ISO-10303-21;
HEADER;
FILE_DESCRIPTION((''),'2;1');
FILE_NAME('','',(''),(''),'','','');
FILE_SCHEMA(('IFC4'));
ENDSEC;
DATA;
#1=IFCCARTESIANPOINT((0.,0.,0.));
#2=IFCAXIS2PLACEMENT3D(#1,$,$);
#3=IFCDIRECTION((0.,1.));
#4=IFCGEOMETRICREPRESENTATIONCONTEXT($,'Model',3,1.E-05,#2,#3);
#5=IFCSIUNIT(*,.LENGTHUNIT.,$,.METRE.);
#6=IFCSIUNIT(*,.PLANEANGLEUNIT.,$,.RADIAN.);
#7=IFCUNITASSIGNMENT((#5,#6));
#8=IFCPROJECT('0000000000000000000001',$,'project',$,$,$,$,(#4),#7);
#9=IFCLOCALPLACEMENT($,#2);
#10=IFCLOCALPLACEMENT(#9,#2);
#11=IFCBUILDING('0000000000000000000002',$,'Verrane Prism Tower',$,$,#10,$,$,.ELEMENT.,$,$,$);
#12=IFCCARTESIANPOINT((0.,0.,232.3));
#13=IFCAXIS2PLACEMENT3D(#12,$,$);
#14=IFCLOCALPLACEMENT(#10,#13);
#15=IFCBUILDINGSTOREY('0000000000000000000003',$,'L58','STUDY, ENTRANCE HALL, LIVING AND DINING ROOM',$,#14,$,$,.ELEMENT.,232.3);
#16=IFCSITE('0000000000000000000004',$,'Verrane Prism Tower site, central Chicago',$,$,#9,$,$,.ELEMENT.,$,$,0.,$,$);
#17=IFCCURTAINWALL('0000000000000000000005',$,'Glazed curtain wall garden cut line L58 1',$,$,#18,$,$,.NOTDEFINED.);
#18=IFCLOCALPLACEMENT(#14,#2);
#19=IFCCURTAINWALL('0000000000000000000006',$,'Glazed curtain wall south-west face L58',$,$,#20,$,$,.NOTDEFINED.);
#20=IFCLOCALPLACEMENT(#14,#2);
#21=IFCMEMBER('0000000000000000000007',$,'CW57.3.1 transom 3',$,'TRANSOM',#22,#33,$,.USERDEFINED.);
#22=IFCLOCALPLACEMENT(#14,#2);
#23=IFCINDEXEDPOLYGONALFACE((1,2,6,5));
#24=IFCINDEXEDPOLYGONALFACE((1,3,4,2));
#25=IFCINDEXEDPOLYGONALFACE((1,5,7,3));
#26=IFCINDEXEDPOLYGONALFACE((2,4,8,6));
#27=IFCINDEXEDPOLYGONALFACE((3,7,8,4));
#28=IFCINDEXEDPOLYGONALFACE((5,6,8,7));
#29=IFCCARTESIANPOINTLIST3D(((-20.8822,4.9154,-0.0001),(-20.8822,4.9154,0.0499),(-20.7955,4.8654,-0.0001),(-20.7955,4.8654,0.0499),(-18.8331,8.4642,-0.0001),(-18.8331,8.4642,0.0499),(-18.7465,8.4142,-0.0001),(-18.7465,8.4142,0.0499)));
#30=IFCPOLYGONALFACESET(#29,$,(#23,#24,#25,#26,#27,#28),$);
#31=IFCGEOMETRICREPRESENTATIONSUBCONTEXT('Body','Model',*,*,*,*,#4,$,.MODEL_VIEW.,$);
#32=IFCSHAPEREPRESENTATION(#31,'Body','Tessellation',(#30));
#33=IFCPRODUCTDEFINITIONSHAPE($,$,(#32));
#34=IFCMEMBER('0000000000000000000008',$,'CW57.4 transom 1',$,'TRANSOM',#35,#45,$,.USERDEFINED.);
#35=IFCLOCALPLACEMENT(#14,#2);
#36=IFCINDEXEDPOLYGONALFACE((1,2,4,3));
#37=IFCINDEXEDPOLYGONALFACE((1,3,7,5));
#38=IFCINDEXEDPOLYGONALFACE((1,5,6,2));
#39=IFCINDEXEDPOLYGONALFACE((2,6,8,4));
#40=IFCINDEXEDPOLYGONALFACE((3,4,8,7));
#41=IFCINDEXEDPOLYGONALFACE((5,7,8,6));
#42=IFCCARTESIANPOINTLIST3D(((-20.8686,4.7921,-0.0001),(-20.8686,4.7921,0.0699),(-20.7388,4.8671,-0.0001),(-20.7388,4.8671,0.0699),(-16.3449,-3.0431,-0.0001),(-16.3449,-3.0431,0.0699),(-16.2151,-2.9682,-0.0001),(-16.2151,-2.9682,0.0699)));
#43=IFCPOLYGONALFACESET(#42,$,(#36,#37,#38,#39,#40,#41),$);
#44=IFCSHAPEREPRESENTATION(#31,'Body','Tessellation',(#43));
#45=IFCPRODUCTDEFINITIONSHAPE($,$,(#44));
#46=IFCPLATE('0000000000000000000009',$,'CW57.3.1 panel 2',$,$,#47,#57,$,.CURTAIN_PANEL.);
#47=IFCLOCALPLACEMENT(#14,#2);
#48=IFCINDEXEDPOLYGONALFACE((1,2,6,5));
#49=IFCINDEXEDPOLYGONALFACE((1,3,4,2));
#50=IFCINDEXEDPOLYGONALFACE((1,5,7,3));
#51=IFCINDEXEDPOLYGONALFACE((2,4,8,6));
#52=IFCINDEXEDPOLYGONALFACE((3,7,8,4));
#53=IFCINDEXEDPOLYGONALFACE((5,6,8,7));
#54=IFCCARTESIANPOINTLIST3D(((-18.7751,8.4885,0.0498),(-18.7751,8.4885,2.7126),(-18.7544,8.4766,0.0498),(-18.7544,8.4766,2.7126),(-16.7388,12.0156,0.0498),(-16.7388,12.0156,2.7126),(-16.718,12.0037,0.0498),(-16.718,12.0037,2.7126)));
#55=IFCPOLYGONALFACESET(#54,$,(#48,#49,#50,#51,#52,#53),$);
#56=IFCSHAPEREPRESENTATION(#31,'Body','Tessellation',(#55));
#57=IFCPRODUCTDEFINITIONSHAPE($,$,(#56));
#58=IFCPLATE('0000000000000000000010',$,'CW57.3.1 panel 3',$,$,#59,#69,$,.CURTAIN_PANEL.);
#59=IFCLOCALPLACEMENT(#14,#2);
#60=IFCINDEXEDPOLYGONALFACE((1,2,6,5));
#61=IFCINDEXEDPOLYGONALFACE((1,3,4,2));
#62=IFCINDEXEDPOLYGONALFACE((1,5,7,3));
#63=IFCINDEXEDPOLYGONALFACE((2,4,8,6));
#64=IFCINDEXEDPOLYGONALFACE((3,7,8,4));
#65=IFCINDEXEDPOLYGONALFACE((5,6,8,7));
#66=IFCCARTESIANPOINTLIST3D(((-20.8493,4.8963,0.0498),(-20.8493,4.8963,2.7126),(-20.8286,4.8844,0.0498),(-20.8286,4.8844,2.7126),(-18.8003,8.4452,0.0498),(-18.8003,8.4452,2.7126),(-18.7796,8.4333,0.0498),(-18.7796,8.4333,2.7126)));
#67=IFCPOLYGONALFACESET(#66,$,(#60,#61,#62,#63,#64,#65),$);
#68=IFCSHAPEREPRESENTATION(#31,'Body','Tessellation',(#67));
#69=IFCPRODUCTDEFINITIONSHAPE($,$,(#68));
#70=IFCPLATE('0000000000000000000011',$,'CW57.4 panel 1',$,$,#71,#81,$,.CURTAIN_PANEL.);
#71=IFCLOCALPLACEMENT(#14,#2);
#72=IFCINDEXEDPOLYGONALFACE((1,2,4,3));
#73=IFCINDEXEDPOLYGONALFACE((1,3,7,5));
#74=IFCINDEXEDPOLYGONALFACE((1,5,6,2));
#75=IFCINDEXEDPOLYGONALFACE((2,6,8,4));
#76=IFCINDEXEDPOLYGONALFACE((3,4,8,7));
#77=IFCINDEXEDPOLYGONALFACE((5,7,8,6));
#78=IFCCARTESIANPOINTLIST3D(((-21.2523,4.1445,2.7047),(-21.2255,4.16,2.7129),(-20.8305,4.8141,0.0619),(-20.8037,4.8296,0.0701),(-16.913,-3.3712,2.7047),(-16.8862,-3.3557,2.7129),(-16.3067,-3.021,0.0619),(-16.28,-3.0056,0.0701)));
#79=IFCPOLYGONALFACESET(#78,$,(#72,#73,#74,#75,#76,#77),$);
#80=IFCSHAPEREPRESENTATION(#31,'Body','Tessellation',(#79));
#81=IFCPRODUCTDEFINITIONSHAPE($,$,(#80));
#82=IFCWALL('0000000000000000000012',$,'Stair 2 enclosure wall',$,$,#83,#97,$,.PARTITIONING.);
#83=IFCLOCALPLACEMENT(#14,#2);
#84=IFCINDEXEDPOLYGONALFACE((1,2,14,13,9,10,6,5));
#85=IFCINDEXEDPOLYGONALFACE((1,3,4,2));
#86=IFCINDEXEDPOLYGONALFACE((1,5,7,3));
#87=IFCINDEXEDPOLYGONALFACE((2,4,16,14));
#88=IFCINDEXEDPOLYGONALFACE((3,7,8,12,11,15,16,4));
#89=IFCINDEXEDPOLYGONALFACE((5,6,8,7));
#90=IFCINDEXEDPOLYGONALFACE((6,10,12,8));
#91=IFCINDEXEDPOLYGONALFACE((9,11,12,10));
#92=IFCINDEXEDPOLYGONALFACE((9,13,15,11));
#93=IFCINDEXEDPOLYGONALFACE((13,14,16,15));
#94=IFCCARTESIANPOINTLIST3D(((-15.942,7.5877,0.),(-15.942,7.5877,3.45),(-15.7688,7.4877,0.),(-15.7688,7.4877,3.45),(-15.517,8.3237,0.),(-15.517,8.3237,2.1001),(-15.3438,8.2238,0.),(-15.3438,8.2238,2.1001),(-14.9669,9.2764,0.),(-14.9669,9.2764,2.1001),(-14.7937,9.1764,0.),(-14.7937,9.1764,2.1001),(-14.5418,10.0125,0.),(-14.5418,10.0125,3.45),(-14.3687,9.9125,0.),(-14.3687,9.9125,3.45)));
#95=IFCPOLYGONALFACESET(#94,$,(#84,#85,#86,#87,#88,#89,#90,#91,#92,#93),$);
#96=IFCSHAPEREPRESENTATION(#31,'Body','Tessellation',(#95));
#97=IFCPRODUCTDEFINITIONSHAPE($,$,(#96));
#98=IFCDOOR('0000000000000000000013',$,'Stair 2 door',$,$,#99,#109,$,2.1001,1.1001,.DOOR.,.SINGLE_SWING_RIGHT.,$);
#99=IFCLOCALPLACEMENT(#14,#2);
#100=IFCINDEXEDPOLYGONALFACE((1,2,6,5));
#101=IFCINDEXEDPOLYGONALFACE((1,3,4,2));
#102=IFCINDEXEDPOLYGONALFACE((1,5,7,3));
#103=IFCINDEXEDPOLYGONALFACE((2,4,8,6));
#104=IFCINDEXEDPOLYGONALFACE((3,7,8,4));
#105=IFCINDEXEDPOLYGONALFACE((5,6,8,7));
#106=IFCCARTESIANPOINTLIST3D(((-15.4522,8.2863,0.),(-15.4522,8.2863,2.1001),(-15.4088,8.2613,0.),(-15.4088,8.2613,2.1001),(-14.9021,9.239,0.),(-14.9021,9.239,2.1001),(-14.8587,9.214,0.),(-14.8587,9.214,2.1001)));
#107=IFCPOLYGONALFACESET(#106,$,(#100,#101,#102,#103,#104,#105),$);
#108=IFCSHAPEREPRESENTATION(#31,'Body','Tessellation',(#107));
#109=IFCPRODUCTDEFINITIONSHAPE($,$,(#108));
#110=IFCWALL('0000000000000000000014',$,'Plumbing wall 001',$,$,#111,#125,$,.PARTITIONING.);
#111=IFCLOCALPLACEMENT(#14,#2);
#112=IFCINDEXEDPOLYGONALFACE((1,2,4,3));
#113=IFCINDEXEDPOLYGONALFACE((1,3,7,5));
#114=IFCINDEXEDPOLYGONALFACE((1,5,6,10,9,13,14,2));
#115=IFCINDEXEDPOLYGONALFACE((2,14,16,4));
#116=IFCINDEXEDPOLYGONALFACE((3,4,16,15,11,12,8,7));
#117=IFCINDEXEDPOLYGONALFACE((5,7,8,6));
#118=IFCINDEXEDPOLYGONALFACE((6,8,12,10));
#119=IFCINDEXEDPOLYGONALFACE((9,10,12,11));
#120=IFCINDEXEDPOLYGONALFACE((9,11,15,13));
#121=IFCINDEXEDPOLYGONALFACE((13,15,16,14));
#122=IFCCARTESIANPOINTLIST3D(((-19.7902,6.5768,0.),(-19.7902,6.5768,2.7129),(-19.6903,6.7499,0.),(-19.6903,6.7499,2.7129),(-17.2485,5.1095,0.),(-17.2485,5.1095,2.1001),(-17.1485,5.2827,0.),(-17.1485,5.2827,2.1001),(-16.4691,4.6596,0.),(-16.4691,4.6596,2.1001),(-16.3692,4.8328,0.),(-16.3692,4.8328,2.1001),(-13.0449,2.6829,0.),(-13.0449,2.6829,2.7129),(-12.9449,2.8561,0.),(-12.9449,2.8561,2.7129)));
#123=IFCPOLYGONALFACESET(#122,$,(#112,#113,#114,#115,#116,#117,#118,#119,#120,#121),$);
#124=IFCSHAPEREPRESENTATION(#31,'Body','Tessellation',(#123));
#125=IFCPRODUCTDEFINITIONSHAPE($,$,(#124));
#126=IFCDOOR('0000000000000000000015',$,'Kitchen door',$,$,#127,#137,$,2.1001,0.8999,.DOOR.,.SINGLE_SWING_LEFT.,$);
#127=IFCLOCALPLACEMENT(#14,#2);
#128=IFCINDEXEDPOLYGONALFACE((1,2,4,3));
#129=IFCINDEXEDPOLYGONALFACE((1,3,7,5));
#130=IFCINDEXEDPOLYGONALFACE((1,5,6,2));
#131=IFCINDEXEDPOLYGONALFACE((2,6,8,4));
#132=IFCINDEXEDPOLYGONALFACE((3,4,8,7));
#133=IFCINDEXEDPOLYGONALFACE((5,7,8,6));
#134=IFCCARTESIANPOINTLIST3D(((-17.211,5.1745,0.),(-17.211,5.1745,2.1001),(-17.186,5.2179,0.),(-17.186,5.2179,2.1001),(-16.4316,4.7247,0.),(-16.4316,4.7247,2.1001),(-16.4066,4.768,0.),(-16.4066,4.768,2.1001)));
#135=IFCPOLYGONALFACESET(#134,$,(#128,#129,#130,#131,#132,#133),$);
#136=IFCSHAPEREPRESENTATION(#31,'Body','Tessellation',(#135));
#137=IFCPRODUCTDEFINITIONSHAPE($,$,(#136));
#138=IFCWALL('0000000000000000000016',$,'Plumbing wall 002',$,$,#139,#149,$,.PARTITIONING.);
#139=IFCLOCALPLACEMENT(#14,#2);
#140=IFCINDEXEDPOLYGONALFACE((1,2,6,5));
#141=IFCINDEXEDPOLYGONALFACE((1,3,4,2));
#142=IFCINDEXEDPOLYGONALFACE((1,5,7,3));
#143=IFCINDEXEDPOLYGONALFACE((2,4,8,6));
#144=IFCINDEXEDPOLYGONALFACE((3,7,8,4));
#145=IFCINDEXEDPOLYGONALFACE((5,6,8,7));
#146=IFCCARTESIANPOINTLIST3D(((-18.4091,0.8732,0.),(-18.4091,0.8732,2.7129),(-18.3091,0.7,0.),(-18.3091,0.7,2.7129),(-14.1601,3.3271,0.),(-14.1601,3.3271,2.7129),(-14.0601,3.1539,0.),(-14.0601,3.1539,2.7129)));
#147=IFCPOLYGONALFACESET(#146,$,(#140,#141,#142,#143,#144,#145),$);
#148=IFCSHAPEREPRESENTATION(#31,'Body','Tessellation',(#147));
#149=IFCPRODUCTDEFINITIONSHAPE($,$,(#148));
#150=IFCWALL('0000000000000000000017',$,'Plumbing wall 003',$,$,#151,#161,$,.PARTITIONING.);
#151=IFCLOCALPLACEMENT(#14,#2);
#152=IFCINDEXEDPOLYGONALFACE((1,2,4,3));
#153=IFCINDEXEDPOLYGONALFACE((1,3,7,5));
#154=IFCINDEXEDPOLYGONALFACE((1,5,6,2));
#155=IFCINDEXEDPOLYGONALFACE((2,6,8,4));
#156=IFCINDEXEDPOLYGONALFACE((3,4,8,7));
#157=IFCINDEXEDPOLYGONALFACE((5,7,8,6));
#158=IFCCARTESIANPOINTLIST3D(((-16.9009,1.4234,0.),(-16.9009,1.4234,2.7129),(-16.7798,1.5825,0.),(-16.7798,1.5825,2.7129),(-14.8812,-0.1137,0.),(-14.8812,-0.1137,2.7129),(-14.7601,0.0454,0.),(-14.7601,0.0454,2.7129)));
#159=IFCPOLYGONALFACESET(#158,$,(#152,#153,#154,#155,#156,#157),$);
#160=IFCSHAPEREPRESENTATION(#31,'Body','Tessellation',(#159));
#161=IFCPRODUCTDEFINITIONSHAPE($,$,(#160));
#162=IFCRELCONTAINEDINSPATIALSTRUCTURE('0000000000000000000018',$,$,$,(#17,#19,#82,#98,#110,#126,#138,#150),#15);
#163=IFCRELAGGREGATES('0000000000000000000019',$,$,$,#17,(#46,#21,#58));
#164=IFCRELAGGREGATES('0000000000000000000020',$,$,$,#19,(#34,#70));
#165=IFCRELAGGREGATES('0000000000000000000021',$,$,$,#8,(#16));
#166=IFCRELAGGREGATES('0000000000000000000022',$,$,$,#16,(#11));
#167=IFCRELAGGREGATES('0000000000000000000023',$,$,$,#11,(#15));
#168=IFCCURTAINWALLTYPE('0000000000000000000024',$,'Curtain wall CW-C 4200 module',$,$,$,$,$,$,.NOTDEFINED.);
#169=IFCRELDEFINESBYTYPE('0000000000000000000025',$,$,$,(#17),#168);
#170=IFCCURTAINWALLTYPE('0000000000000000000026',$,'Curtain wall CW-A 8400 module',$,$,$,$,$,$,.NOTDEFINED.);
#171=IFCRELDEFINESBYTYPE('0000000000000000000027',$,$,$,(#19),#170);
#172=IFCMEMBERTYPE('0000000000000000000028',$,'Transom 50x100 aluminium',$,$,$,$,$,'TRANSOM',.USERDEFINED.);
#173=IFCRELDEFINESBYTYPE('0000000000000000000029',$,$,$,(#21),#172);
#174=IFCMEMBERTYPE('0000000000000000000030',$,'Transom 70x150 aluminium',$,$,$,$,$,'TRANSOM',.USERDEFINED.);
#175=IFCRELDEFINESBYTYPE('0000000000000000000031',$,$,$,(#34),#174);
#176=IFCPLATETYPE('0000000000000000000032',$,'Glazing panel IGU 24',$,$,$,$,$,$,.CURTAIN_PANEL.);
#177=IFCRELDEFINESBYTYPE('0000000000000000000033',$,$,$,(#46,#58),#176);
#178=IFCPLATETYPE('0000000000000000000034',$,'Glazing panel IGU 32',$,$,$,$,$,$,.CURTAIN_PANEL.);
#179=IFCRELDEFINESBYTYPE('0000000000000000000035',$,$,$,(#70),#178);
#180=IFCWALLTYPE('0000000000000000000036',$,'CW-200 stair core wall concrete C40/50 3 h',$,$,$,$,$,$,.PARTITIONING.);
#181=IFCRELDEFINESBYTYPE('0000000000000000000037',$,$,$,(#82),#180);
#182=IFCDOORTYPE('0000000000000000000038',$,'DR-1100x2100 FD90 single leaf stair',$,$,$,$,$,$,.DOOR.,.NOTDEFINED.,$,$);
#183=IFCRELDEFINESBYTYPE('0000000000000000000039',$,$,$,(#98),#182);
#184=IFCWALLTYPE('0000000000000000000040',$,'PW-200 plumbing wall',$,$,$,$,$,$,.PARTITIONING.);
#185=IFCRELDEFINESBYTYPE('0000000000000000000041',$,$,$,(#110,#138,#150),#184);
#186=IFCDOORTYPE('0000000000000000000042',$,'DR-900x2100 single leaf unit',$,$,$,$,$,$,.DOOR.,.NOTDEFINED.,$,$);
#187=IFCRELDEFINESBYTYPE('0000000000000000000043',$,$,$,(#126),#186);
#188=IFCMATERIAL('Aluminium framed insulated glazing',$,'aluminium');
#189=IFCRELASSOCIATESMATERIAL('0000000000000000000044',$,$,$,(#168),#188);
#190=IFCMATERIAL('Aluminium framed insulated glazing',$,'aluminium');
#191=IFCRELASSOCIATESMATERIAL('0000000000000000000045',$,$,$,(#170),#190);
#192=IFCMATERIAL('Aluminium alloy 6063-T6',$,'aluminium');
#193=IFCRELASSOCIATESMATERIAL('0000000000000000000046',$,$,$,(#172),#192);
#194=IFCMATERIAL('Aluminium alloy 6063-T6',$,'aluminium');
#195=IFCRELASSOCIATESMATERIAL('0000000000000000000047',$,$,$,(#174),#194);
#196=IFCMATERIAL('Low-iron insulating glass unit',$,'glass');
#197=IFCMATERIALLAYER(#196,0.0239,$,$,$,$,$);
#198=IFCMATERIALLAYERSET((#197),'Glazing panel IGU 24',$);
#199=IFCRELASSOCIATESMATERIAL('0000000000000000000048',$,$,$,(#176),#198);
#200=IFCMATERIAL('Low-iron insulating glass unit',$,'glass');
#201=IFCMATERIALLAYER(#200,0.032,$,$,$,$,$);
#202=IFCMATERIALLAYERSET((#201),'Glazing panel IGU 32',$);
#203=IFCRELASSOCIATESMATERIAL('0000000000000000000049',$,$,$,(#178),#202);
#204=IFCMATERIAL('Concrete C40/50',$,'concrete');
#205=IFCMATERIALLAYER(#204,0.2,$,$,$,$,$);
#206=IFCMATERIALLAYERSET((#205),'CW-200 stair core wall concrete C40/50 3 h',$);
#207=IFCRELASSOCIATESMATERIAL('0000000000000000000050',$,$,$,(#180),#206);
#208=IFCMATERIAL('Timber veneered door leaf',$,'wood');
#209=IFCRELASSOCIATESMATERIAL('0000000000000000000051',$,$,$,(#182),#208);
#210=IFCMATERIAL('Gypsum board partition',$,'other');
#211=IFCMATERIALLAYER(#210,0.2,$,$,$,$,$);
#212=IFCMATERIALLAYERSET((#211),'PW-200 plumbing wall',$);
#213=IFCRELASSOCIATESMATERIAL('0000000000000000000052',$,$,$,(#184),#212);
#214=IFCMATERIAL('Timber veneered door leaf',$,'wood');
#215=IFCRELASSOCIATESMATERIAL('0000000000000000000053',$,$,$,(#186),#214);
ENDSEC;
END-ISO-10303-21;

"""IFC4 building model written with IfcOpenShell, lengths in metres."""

from ifc_helpers import new_model, si_unit, direction, frame, frame_2d, origin, origin_2d, place, context, subcontext, project, spatial, polyline, rectangle, outline, extrude, material, layer, layer_set, material_profile, profile_set, type_object, element, fill, aggregate, save


model = new_model("IFC4")

# Units and contexts
model_context = context("Model", 3, precision=1e-05, world=origin(), true_north=direction((0.0, 1.0)))
body_context = subcontext(model_context, "Body", "Model", "MODEL_VIEW")
ifc_project = project(units=[si_unit("LENGTHUNIT", "METRE"), si_unit("PLANEANGLEUNIT", "RADIAN")], contexts=[model_context])

# Site, building, storey
site_placement = place(None, origin())
site = spatial("IfcSite", under=ifc_project, at=site_placement, Name="Verrane Prism Tower site, central Chicago", CompositionType="ELEMENT", RefElevation=0.0)
building_placement = place(site_placement, origin())
building = spatial("IfcBuilding", under=site, at=building_placement, Name="Verrane Prism Tower", CompositionType="ELEMENT")
storey_placement = place(building_placement, frame((0.0, 0.0, 232.3)))
storey = spatial("IfcBuildingStorey", under=building, at=storey_placement, Name="L58", Description="STUDY, ENTRANCE HALL, LIVING AND DINING ROOM", CompositionType="ELEMENT", Elevation=232.3)

# Curtain walls
ifc_material_1 = material(Name="Aluminium framed insulated glazing", Category="aluminium")
curtain_wall_type_1 = type_object("IfcCurtainWallType", Name="Curtain wall CW-C 4200 module", PredefinedType="NOTDEFINED", material=ifc_material_1)
curtain_wall_1_placement = place(storey_placement, origin())
curtain_wall_1 = element("IfcCurtainWall", 1, at=curtain_wall_1_placement, inside=storey, type_object=curtain_wall_type_1, Name="Glazed curtain wall garden cut line L58 1", PredefinedType="NOTDEFINED")
ifc_material_2 = material(Name="Aluminium framed insulated glazing", Category="aluminium")
curtain_wall_type_2 = type_object("IfcCurtainWallType", Name="Curtain wall CW-A 8400 module", PredefinedType="NOTDEFINED", material=ifc_material_2)
curtain_wall_2_placement = place(storey_placement, origin())
curtain_wall_2 = element("IfcCurtainWall", 2, at=curtain_wall_2_placement, inside=storey, type_object=curtain_wall_type_2, Name="Glazed curtain wall south-west face L58", PredefinedType="NOTDEFINED")

# Members
ifc_material_3 = material(Name="Aluminium alloy 6063-T6", Category="aluminium")
ifc_material_profile_1 = material_profile(ifc_material_3, rectangle(XDim=0.1001, YDim=0.05, at=origin_2d()), Name="Transom 50x100 aluminium")
ifc_profile_set_1 = profile_set([ifc_material_profile_1], Name="Aluminium alloy 6063-T6")
member_type_1 = type_object("IfcMemberType", Name="Transom 50x100 aluminium", ElementType="TRANSOM", PredefinedType="USERDEFINED", material=ifc_profile_set_1)
member_1_placement = place(storey_placement, frame((-18.7898, 8.4392, 0.0249), z_axis=(-0.500028, -0.866009, 0.0), x_axis=(0.866009, -0.500028, 0.0)))
member_1 = element("IfcMember", 3, at=member_1_placement, type_object=member_type_1, Name="CW57.3.1 transom 3", ObjectType="TRANSOM", PredefinedType="USERDEFINED", context=body_context, shape_type="SweptSolid", body=[
    extrude(rectangle(XDim=0.1001, YDim=0.05, at=origin_2d()), origin(), (0.0, 0.0, 1.0), 4.0979),
])
ifc_material_4 = material(Name="Aluminium alloy 6063-T6", Category="aluminium")
ifc_material_profile_2 = material_profile(ifc_material_4, rectangle(XDim=0.1499, YDim=0.0701, at=origin_2d()), Name="Transom 70x150 aluminium")
ifc_profile_set_2 = profile_set([ifc_material_profile_2], Name="Aluminium alloy 6063-T6")
member_type_2 = type_object("IfcMemberType", Name="Transom 70x150 aluminium", ElementType="TRANSOM", PredefinedType="USERDEFINED", material=ifc_profile_set_2)
member_2_placement = place(storey_placement, frame((-20.8037, 4.8296, 0.0349), z_axis=(0.500002, -0.866024, 0.0), x_axis=(0.866024, 0.500002, 0.0)))
member_2 = element("IfcMember", 4, at=member_2_placement, type_object=member_type_2, Name="CW57.4 transom 1", ObjectType="TRANSOM", PredefinedType="USERDEFINED", context=body_context, shape_type="SweptSolid", body=[
    extrude(rectangle(XDim=0.1499, YDim=0.0701, at=origin_2d()), origin(), (0.0, 0.0, 1.0), 9.0474),
])

# Plates
ifc_material_5 = material(Name="Low-iron insulating glass unit", Category="glass")
ifc_layer_1 = layer(ifc_material_5, 0.0239)
ifc_layer_set_1 = layer_set([ifc_layer_1], Name="Glazing panel IGU 24")
plate_type_1 = type_object("IfcPlateType", Name="Glazing panel IGU 24", PredefinedType="CURTAIN_PANEL", material=ifc_layer_set_1)
plate_1_placement = place(storey_placement, frame((-17.7466, 10.2461, 0.0498), z_axis=(0.0, 0.0, 1.0), x_axis=(-0.500001, -0.866025, 0.0)))
plate_1 = element("IfcPlate", 5, at=plate_1_placement, type_object=plate_type_1, Name="CW57.3.1 panel 2", PredefinedType="CURTAIN_PANEL", context=body_context, shape_type="SweptSolid", body=[
    extrude(rectangle(XDim=4.0728, YDim=0.0239, at=origin_2d()), origin(), (0.0, 0.0, 1.0), 2.6628),
])
plate_2_placement = place(storey_placement, frame((-19.8145, 6.6648, 0.0498), z_axis=(0.0, 0.0, 1.0), x_axis=(-0.500001, -0.866025, 0.0)))
plate_2 = element("IfcPlate", 6, at=plate_2_placement, type_object=plate_type_1, Name="CW57.3.1 panel 3", PredefinedType="CURTAIN_PANEL", context=body_context, shape_type="SweptSolid", body=[
    extrude(rectangle(XDim=4.0979, YDim=0.0239, at=origin_2d()), origin(), (0.0, 0.0, 1.0), 2.6628),
])
aggregate(curtain_wall_1, [plate_1, member_1, plate_2])
ifc_material_6 = material(Name="Low-iron insulating glass unit", Category="glass")
ifc_layer_2 = layer(ifc_material_6, 0.032)
ifc_layer_set_2 = layer_set([ifc_layer_2], Name="Glazing panel IGU 32")
plate_type_2 = type_object("IfcPlateType", Name="Glazing panel IGU 32", PredefinedType="CURTAIN_PANEL", material=ifc_layer_set_2)
plate_3_placement = place(storey_placement, frame((-20.8037, 4.8296, 0.0701), z_axis=(0.837143, 0.483337, 0.256079), x_axis=(0.500009, -0.86602, 0.000002)))
plate_3 = element("IfcPlate", 7, at=plate_3_placement, type_object=plate_type_2, Name="CW57.4 panel 1", PredefinedType="CURTAIN_PANEL", context=body_context, shape_type="SweptSolid", body=[
    extrude(outline(polyline([(0.0, 0.0), (9.0473, 0.0), (9.0474, -2.734), (0.369, -2.734), (0.0, 0.0)])), origin(), (0.0, 0.0, -1.0), 0.032),
])
aggregate(curtain_wall_2, [member_2, plate_3])

# Walls, openings, doors
ifc_material_7 = material(Name="Concrete C40/50", Category="concrete")
ifc_layer_3 = layer(ifc_material_7, 0.2)
ifc_layer_set_3 = layer_set([ifc_layer_3], Name="CW-200 stair core wall concrete C40/50 3 h")
wall_type_1 = type_object("IfcWallType", Name="CW-200 stair core wall concrete C40/50 3 h", PredefinedType="PARTITIONING", material=ifc_layer_set_3)
wall_1_placement = place(storey_placement, frame((-14.4553, 9.9624, 0.0), z_axis=(0.0, 0.0, 1.0), x_axis=(-0.50005, -0.865997, 0.0)))
wall_1 = element("IfcWall", 8, at=wall_1_placement, inside=storey, type_object=wall_type_1, Name="Stair 2 enclosure wall", PredefinedType="PARTITIONING", context=body_context, shape_type="SweptSolid", body=[
    extrude(rectangle(XDim=2.8, YDim=0.2, at=frame_2d((1.3999, 0.0))), origin(), (0.0, 0.0, 1.0), 3.45),
])
opening_1_placement = place(wall_1_placement, frame((0.8499, 0.0, 0.0)))
opening_1 = element("IfcOpeningElement", 9, at=opening_1_placement, cuts=wall_1, PredefinedType="OPENING", context=body_context, shape_type="SweptSolid", body=[
    extrude(rectangle(XDim=1.1001, YDim=2.1001, at=frame_2d((0.55, 1.05))), frame((0.0, 0.1099, 0.0), z_axis=(0.0, -1.0, 0.0), x_axis=(1.0, 0.0, 0.0)), (0.0, 0.0, 1.0), 0.22),
])
ifc_material_8 = material(Name="Timber veneered door leaf", Category="wood")
door_type_1 = type_object("IfcDoorType", Name="DR-1100x2100 FD90 single leaf stair", OperationType="NOTDEFINED", PredefinedType="DOOR", material=ifc_material_8)
door_1_placement = place(opening_1_placement, origin())
door_1 = element("IfcDoor", 10, at=door_1_placement, inside=storey, type_object=door_type_1, Name="Stair 2 door", OperationType="SINGLE_SWING_RIGHT", OverallHeight=2.1001, OverallWidth=1.1001, PredefinedType="DOOR", context=body_context, shape_type="SweptSolid", body=[
    extrude(rectangle(XDim=1.1001, YDim=2.1001, at=frame_2d((0.55, 1.05))), frame((0.0, 0.0249, 0.0), z_axis=(0.0, -1.0, 0.0), x_axis=(1.0, 0.0, 0.0)), (0.0, 0.0, 1.0), 0.05),
])
fill(opening_1, door_1)
ifc_material_9 = material(Name="Gypsum board partition", Category="other")
ifc_layer_4 = layer(ifc_material_9, 0.2)
ifc_layer_set_4 = layer_set([ifc_layer_4], Name="PW-200 plumbing wall")
wall_type_2 = type_object("IfcWallType", Name="PW-200 plumbing wall", PredefinedType="PARTITIONING", material=ifc_layer_set_4)
wall_2_placement = place(storey_placement, frame((-12.9949, 2.7695, 0.0), z_axis=(0.0, 0.0, 1.0), x_axis=(-0.866061, 0.499939, 0.0)))
wall_2 = element("IfcWall", 11, at=wall_2_placement, inside=storey, type_object=wall_type_2, Name="Plumbing wall 001", PredefinedType="PARTITIONING", context=body_context, shape_type="SweptSolid", body=[
    extrude(rectangle(XDim=7.7886, YDim=0.2, at=frame_2d((3.8943, 0.0))), origin(), (0.0, 0.0, 1.0), 2.7129),
])
opening_2_placement = place(wall_2_placement, frame((3.9539, 0.0, 0.0)))
opening_2 = element("IfcOpeningElement", 12, at=opening_2_placement, cuts=wall_2, PredefinedType="OPENING", context=body_context, shape_type="SweptSolid", body=[
    extrude(rectangle(XDim=0.8999, YDim=2.1001, at=frame_2d((0.45, 1.05))), frame((0.0, 0.1099, 0.0), z_axis=(0.0, -1.0, 0.0), x_axis=(1.0, 0.0, 0.0)), (0.0, 0.0, 1.0), 0.22),
])
ifc_material_10 = material(Name="Timber veneered door leaf", Category="wood")
door_type_2 = type_object("IfcDoorType", Name="DR-900x2100 single leaf unit", OperationType="NOTDEFINED", PredefinedType="DOOR", material=ifc_material_10)
door_2_placement = place(opening_2_placement, origin())
door_2 = element("IfcDoor", 13, at=door_2_placement, inside=storey, type_object=door_type_2, Name="Kitchen door", OperationType="SINGLE_SWING_LEFT", OverallHeight=2.1001, OverallWidth=0.8999, PredefinedType="DOOR", context=body_context, shape_type="SweptSolid", body=[
    extrude(rectangle(XDim=0.8999, YDim=2.1001, at=frame_2d((0.45, 1.05))), frame((0.0, 0.0249, 0.0), z_axis=(0.0, -1.0, 0.0), x_axis=(1.0, 0.0, 0.0)), (0.0, 0.0, 1.0), 0.05),
])
fill(opening_2, door_2)

# Walls
wall_3_placement = place(storey_placement, frame((-18.3591, 0.7866, 0.0), z_axis=(0.0, 0.0, 1.0), x_axis=(0.865965, 0.500104, 0.0)))
element("IfcWall", 14, at=wall_3_placement, inside=storey, type_object=wall_type_2, Name="Plumbing wall 002", PredefinedType="PARTITIONING", context=body_context, shape_type="SweptSolid", body=[
    extrude(rectangle(XDim=4.9067, YDim=0.2, at=frame_2d((2.4534, 0.0))), origin(), (0.0, 0.0, 1.0), 2.7129),
])
wall_4_placement = place(storey_placement, frame((-16.8403, 1.5029, 0.0), z_axis=(0.0, 0.0, 1.0), x_axis=(0.795767, -0.605603, 0.0)))
element("IfcWall", 15, at=wall_4_placement, inside=storey, type_object=wall_type_2, Name="Plumbing wall 003", PredefinedType="PARTITIONING", context=body_context, shape_type="SweptSolid", body=[
    extrude(rectangle(XDim=2.5381, YDim=0.2, at=frame_2d((1.269, 0.0))), origin(), (0.0, 0.0, 1.0), 2.7129),
])

save(model, "model.ifc")
